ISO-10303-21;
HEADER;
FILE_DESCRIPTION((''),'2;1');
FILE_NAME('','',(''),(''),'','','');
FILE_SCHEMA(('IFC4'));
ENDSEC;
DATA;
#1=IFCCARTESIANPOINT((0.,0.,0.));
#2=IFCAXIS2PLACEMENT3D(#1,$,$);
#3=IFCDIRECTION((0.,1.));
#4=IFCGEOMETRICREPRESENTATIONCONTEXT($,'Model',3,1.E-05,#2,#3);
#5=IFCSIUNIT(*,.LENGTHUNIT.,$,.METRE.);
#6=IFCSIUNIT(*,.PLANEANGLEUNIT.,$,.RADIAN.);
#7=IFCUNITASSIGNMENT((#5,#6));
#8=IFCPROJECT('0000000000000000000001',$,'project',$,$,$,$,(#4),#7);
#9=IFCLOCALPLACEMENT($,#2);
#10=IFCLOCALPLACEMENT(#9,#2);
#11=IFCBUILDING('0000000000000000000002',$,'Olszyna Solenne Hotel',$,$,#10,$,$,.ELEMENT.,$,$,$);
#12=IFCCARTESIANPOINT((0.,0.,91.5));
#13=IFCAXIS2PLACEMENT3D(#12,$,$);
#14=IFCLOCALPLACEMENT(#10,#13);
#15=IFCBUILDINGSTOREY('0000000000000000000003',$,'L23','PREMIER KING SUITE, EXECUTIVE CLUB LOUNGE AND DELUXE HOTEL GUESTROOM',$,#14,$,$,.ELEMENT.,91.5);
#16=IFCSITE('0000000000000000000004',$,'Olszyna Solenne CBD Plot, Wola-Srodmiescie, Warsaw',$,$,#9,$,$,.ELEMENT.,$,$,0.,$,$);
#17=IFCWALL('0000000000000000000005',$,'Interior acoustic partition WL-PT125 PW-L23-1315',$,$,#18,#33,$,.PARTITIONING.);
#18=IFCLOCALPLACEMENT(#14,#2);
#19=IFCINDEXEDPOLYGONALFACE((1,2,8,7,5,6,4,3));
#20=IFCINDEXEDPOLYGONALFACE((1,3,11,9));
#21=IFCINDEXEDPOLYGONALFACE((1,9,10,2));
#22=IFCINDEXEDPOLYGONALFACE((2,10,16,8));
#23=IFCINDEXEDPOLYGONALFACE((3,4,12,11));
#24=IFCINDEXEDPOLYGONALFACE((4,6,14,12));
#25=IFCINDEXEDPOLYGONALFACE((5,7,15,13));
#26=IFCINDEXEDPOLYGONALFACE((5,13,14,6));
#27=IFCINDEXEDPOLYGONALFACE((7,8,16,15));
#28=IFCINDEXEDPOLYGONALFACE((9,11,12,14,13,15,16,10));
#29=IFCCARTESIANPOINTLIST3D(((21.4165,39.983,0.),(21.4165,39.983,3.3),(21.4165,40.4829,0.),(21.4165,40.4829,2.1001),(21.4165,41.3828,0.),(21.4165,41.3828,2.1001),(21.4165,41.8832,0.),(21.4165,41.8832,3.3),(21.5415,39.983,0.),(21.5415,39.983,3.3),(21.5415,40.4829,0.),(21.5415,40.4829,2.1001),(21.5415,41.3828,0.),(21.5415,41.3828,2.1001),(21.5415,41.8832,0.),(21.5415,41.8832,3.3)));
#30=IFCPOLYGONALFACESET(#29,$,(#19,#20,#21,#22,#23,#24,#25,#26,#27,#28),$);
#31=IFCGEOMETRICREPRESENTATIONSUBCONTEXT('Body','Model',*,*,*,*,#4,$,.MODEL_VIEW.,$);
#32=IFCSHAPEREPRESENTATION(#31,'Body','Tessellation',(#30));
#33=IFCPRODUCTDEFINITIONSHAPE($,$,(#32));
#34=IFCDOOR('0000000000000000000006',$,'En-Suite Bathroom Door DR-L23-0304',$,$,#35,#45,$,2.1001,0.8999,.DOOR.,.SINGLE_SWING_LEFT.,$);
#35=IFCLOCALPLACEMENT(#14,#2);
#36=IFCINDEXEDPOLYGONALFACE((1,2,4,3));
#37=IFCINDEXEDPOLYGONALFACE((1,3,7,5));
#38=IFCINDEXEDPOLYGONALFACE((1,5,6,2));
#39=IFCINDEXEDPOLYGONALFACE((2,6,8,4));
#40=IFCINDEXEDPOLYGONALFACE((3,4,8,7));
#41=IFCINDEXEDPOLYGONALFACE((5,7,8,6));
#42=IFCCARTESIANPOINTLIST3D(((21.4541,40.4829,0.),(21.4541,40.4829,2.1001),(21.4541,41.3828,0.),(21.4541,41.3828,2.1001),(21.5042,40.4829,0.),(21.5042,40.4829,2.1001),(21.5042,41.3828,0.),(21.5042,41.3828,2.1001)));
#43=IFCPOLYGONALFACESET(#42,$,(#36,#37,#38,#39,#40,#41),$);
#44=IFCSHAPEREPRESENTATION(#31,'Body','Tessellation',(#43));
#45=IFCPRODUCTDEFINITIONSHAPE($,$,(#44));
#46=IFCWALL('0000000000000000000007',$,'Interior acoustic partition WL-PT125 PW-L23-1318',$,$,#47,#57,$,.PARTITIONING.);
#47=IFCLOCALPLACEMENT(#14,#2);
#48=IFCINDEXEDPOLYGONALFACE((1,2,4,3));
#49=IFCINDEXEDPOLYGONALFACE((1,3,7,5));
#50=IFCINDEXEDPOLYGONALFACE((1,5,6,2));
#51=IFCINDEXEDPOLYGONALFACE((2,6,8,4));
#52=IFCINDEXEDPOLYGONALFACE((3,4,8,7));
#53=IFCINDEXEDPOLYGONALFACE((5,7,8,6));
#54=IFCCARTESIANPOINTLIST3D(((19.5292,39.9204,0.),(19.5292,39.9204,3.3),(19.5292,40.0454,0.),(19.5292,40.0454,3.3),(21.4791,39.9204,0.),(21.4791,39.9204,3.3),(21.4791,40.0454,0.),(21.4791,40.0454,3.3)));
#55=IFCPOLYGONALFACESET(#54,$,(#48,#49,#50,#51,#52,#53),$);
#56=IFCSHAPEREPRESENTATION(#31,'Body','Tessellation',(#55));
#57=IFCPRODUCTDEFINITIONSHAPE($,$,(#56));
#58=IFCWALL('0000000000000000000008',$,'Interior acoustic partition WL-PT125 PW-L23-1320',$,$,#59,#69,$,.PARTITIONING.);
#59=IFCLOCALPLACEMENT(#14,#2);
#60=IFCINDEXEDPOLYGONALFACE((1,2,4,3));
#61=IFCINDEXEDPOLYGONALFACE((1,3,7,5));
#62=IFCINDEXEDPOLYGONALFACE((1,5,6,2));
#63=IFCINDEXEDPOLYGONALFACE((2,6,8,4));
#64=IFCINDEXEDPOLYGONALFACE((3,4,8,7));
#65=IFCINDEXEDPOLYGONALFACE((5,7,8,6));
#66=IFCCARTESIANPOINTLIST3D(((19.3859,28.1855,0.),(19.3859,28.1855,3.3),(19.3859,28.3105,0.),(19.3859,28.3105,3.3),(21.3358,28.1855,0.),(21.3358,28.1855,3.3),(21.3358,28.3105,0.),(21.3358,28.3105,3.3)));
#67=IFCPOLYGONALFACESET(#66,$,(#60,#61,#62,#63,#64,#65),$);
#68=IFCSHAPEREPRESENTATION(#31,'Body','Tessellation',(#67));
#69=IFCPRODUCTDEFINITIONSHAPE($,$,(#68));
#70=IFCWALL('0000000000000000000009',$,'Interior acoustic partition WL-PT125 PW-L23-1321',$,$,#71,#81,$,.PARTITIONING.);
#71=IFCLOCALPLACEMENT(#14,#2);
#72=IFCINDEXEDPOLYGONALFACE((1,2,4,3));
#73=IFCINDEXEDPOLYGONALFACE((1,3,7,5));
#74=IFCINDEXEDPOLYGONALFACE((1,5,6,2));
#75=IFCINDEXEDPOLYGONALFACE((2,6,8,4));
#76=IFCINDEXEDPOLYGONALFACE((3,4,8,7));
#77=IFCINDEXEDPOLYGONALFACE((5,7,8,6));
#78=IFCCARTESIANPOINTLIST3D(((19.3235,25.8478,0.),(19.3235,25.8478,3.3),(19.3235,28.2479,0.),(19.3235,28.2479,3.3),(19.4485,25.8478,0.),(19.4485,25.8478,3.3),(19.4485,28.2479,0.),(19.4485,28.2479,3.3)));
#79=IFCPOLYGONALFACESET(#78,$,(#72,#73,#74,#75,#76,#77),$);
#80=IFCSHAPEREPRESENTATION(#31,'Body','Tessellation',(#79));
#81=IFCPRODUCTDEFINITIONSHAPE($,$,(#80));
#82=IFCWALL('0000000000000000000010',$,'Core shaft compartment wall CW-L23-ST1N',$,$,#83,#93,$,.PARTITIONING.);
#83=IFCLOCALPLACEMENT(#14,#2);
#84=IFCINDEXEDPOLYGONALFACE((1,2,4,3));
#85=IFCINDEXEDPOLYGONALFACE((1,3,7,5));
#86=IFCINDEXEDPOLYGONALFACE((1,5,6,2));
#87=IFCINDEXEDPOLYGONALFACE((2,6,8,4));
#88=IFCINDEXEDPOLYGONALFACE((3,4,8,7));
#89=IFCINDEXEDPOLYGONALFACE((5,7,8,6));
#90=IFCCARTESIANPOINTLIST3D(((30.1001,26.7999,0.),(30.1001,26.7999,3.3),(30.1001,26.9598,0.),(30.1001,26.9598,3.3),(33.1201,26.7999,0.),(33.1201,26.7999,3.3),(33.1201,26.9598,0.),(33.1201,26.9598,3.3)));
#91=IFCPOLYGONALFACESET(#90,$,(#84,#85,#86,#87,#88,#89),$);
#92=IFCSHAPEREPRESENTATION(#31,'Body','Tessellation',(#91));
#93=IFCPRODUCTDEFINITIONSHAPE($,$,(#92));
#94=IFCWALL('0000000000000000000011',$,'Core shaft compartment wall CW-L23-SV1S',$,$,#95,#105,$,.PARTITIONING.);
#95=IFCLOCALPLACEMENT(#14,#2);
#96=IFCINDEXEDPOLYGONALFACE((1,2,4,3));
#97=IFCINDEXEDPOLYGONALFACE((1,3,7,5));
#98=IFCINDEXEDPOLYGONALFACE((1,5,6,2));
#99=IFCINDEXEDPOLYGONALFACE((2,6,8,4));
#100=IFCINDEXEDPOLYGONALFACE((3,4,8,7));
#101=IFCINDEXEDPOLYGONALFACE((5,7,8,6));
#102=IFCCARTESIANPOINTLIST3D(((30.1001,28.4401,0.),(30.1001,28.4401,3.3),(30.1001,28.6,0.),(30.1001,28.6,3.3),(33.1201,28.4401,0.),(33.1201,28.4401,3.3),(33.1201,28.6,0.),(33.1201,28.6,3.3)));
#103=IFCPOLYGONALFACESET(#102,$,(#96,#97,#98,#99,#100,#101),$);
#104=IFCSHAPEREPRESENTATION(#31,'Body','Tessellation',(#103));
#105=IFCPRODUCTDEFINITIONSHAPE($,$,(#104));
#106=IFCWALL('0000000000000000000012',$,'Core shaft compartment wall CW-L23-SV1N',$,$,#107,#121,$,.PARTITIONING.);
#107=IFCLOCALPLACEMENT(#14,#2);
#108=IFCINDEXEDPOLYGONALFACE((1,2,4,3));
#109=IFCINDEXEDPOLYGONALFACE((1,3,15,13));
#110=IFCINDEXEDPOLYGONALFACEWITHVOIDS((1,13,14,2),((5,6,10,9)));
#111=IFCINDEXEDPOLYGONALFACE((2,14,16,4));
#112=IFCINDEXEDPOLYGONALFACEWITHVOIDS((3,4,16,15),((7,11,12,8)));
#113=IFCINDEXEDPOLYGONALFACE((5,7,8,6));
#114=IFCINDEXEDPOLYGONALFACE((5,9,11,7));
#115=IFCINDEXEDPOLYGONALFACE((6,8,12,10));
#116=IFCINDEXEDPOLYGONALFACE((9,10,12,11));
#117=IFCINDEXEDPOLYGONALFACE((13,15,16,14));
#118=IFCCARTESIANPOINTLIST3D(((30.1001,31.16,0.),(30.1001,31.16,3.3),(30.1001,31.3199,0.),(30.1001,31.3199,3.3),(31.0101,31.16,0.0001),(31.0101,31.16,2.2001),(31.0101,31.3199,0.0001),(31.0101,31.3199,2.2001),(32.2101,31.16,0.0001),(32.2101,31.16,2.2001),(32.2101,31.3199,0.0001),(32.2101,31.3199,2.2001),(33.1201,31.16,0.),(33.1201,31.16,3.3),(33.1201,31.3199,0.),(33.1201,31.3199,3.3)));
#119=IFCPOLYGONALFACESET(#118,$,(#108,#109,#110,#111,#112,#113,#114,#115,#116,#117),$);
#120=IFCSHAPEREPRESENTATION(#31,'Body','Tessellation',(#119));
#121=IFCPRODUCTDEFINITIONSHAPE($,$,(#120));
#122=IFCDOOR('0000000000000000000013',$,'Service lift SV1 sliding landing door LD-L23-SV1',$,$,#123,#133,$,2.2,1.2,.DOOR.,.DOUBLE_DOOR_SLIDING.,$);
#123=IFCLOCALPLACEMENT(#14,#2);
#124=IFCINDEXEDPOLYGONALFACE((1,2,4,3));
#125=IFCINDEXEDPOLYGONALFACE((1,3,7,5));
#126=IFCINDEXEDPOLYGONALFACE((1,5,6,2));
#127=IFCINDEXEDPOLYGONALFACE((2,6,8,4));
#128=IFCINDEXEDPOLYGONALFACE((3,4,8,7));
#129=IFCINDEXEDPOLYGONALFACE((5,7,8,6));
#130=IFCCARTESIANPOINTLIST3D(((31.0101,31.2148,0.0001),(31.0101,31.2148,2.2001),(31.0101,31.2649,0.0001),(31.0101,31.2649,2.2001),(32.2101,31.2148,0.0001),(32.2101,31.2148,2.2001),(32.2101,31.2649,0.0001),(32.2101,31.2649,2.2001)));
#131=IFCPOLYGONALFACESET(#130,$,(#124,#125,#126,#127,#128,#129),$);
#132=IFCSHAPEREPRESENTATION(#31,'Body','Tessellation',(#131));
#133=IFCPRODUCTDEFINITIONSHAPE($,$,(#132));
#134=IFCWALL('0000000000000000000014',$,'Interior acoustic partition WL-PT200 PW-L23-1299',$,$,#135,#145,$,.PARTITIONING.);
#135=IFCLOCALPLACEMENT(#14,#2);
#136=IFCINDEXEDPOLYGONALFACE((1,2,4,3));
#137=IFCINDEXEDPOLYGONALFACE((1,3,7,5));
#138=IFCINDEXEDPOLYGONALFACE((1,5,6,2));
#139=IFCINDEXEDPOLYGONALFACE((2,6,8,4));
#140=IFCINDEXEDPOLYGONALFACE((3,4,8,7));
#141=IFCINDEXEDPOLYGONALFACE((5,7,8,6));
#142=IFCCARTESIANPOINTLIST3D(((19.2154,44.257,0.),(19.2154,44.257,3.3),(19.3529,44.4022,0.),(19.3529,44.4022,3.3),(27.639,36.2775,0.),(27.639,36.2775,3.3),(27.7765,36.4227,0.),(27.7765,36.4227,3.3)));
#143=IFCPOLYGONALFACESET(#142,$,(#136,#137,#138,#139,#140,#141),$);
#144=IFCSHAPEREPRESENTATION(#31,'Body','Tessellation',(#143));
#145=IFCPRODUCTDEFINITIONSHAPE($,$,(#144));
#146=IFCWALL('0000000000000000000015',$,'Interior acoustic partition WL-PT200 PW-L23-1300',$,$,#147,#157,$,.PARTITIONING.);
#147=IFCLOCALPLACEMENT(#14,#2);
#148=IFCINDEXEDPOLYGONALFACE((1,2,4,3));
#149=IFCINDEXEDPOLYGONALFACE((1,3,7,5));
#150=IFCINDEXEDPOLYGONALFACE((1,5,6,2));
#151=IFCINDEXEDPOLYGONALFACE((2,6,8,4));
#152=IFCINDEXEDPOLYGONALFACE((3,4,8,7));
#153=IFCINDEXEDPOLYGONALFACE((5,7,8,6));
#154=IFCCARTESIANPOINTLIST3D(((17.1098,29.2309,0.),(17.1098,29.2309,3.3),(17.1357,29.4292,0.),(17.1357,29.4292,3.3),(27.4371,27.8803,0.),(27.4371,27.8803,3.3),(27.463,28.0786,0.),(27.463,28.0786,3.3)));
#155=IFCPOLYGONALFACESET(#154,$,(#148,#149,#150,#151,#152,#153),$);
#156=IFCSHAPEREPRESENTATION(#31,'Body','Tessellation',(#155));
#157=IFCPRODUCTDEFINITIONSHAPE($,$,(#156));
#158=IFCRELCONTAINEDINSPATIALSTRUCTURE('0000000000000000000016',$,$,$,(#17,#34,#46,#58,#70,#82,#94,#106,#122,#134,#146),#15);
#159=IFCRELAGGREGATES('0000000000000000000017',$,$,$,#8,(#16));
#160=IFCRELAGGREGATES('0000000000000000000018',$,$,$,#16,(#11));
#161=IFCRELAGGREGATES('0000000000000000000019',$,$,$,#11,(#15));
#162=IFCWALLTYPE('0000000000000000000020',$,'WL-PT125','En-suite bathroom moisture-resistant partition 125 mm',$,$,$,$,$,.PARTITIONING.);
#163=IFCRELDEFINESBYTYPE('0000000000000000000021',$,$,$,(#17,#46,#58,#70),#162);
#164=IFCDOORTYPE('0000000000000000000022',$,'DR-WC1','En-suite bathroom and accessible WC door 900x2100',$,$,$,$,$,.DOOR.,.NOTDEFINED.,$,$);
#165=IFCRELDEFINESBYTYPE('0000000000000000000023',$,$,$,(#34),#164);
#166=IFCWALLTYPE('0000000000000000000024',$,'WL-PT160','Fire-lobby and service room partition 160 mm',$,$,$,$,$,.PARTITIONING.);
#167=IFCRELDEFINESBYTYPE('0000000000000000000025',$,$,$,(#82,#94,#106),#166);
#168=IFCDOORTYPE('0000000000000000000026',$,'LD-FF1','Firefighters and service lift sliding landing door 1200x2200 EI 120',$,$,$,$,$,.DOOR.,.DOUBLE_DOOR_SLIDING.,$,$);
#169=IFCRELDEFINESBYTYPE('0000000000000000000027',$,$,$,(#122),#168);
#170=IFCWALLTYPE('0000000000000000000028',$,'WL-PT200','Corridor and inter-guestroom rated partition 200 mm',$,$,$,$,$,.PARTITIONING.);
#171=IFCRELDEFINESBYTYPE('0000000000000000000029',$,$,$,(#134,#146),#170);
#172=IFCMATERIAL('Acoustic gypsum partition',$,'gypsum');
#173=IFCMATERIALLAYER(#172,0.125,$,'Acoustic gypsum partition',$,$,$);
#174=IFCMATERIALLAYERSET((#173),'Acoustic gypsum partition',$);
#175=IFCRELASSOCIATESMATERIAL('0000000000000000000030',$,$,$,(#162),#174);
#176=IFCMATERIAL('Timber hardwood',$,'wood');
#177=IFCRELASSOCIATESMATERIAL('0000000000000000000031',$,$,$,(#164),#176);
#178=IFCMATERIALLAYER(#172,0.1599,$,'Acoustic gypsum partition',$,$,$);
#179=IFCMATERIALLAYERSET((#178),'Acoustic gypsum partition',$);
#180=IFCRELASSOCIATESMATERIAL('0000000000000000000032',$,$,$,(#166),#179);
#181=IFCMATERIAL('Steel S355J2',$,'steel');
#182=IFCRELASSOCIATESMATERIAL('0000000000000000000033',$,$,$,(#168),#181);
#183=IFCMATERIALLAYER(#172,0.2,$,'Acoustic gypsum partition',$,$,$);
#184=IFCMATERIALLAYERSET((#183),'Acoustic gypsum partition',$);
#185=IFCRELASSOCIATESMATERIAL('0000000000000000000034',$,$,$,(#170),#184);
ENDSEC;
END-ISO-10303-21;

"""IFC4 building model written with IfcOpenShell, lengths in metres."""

from ifc_helpers import new_model, si_unit, direction, frame, frame_2d, origin, place, context, subcontext, project, spatial, rectangle, extrude, source, transform, mapped, material, layer, layer_set, type_object, type_shapes, element, fill, save


model = new_model("IFC4")

# Units and contexts
model_context = context("Model", 3, precision=1e-05, world=origin(), true_north=direction((0.0, 1.0)))
body_context = subcontext(model_context, "Body", "Model", "MODEL_VIEW")
ifc_project = project(units=[si_unit("LENGTHUNIT", "METRE"), si_unit("PLANEANGLEUNIT", "RADIAN")], contexts=[model_context])

# Site, building, storey
site_placement = place(None, origin())
site = spatial("IfcSite", under=ifc_project, at=site_placement, Name="Olszyna Solenne CBD Plot, Wola-Srodmiescie, Warsaw", CompositionType="ELEMENT", RefElevation=0.0)
building_placement = place(site_placement, origin())
building = spatial("IfcBuilding", under=site, at=building_placement, Name="Olszyna Solenne Hotel", CompositionType="ELEMENT")
storey_placement = place(building_placement, frame((0.0, 0.0, 91.5)))
storey = spatial("IfcBuildingStorey", under=building, at=storey_placement, Name="L23", Description="PREMIER KING SUITE, EXECUTIVE CLUB LOUNGE AND DELUXE HOTEL GUESTROOM", CompositionType="ELEMENT", Elevation=91.5)

# Shared definitions
ifc_material_1 = material(Name="Steel S355J2", Category="steel")

# Wall, opening, door
ifc_material_2 = material(Name="Acoustic gypsum partition", Category="gypsum")
ifc_layer_1 = layer(ifc_material_2, 0.125, Name="Acoustic gypsum partition")
ifc_layer_set_1 = layer_set([ifc_layer_1], Name="Acoustic gypsum partition")
wall_type_1 = type_object("IfcWallType", Name="WL-PT125", Description="En-suite bathroom moisture-resistant partition 125 mm", PredefinedType="PARTITIONING", material=ifc_layer_set_1)
wall_1_placement = place(storey_placement, frame((21.479, 39.9829, 0.0), z_axis=(0.0, 0.0, 1.0), x_axis=(0.0, 1.0, 0.0)))
wall_1 = element("IfcWall", 1, at=wall_1_placement, inside=storey, type_object=wall_type_1, Name="Interior acoustic partition WL-PT125 PW-L23-1315", PredefinedType="PARTITIONING", context=body_context, shape_type="SweptSolid", body=[
    extrude(rectangle(XDim=1.9001, YDim=0.125, at=frame_2d((0.9502, 0.0))), origin(), (0.0, 0.0, 1.0), 3.3),
])
opening_1_placement = place(wall_1_placement, frame((0.5, 0.0, 0.0)))
opening_1 = element("IfcOpeningElement", 2, at=opening_1_placement, cuts=wall_1, PredefinedType="OPENING", context=body_context, shape_type="SweptSolid", body=[
    extrude(rectangle(XDim=0.8999, YDim=2.1001, at=frame_2d((0.45, 1.05))), frame((0.0, 0.0725, 0.0), z_axis=(0.0, -1.0, 0.0), x_axis=(1.0, 0.0, 0.0)), (0.0, 0.0, 1.0), 0.145),
])
ifc_material_3 = material(Name="Timber hardwood", Category="wood")
door_type_1 = type_object("IfcDoorType", Name="DR-WC1", Description="En-suite bathroom and accessible WC door 900x2100", OperationType="NOTDEFINED", PredefinedType="DOOR", material=ifc_material_3)
shared_shape_1 = source(origin(), body_context, "Body", "SweptSolid", [
    extrude(rectangle(XDim=0.8999, YDim=2.1001, at=frame_2d((0.45, 1.05))), frame((0.0, 0.0249, 0.0), z_axis=(0.0, -1.0, 0.0), x_axis=(1.0, 0.0, 0.0)), (0.0, 0.0, 1.0), 0.05),
])
type_shapes(door_type_1, [shared_shape_1])
door_1_placement = place(opening_1_placement, origin())
door_1 = element("IfcDoor", 3, at=door_1_placement, inside=storey, type_object=door_type_1, Name="En-Suite Bathroom Door DR-L23-0304", OperationType="SINGLE_SWING_LEFT", OverallHeight=2.1001, OverallWidth=0.8999, PredefinedType="DOOR", context=body_context, shape_type="MappedRepresentation", body=[
    mapped(shared_shape_1, transform((0.0, 0.0, 0.0), x_axis=(1.0, 0.0, 0.0), y_axis=(0.0, 1.0, 0.0), z_axis=(0.0, 0.0, 1.0), scale=1.0)),
])
fill(opening_1, door_1)

# Walls
for number, where, z_axis, x_axis, name in (
    (4, (19.5291, 39.9829, 0.0), (0.0, 0.0, 1.0), (1.0, 0.0, 0.0), "Interior acoustic partition WL-PT125 PW-L23-1318"),
    (5, (21.3359, 28.248, 0.0), (0.0, 0.0, 1.0), (-1.0, 0.0, 0.0), "Interior acoustic partition WL-PT125 PW-L23-1320"),
):
    element("IfcWall", number, at=place(storey_placement, frame(where, z_axis=z_axis, x_axis=x_axis)), inside=storey, type_object=wall_type_1, Name=name, PredefinedType="PARTITIONING", context=body_context, shape_type="SweptSolid", body=[
        extrude(rectangle(XDim=1.95, YDim=0.125, at=frame_2d((0.9751, 0.0))), origin(), (0.0, 0.0, 1.0), 3.3),
    ])
wall_2_placement = place(storey_placement, frame((19.386, 28.248, 0.0), z_axis=(0.0, 0.0, 1.0), x_axis=(0.0, -1.0, 0.0)))
element("IfcWall", 6, at=wall_2_placement, inside=storey, type_object=wall_type_1, Name="Interior acoustic partition WL-PT125 PW-L23-1321", PredefinedType="PARTITIONING", context=body_context, shape_type="SweptSolid", body=[
    extrude(rectangle(XDim=2.4001, YDim=0.125, at=frame_2d((1.2002, 0.0))), origin(), (0.0, 0.0, 1.0), 3.3),
])
ifc_layer_2 = layer(ifc_material_2, 0.1599, Name="Acoustic gypsum partition")
ifc_layer_set_2 = layer_set([ifc_layer_2], Name="Acoustic gypsum partition")
wall_type_2 = type_object("IfcWallType", Name="WL-PT160", Description="Fire-lobby and service room partition 160 mm", PredefinedType="PARTITIONING", material=ifc_layer_set_2)
for number, where, z_axis, x_axis, name in (
    (7, (30.1001, 26.8799, 0.0), (0.0, 0.0, 1.0), (1.0, 0.0, 0.0), "Core shaft compartment wall CW-L23-ST1N"),
    (8, (30.1001, 28.52, 0.0), (0.0, 0.0, 1.0), (1.0, 0.0, 0.0), "Core shaft compartment wall CW-L23-SV1S"),
):
    element("IfcWall", number, at=place(storey_placement, frame(where, z_axis=z_axis, x_axis=x_axis)), inside=storey, type_object=wall_type_2, Name=name, PredefinedType="PARTITIONING", context=body_context, shape_type="SweptSolid", body=[
        extrude(rectangle(XDim=3.02, YDim=0.1599, at=frame_2d((1.51, 0.0))), origin(), (0.0, 0.0, 1.0), 3.3),
    ])

# Wall, opening, door
wall_3_placement = place(storey_placement, frame((30.1001, 31.24, 0.0), z_axis=(0.0, 0.0, 1.0), x_axis=(1.0, 0.0, 0.0)))
wall_3 = element("IfcWall", 9, at=wall_3_placement, inside=storey, type_object=wall_type_2, Name="Core shaft compartment wall CW-L23-SV1N", PredefinedType="PARTITIONING", context=body_context, shape_type="SweptSolid", body=[
    extrude(rectangle(XDim=3.02, YDim=0.1599, at=frame_2d((1.51, 0.0))), origin(), (0.0, 0.0, 1.0), 3.3),
])
opening_2_placement = place(wall_3_placement, frame((0.9099, 0.0, 0.0)))
opening_2 = element("IfcOpeningElement", 10, at=opening_2_placement, cuts=wall_3, PredefinedType="OPENING", context=body_context, shape_type="SweptSolid", body=[
    extrude(rectangle(XDim=1.2, YDim=2.2, at=frame_2d((0.6001, 1.1001))), frame((0.0, 0.0898, 0.0), z_axis=(0.0, -1.0, 0.0), x_axis=(1.0, 0.0, 0.0)), (0.0, 0.0, 1.0), 0.1799),
])
door_type_2 = type_object("IfcDoorType", Name="LD-FF1", Description="Firefighters and service lift sliding landing door 1200x2200 EI 120", OperationType="DOUBLE_DOOR_SLIDING", PredefinedType="DOOR", material=ifc_material_1)
shared_shape_2 = source(origin(), body_context, "Body", "SweptSolid", [
    extrude(rectangle(XDim=1.2, YDim=2.2, at=frame_2d((0.6001, 1.1001))), frame((0.0, 0.0249, 0.0), z_axis=(0.0, -1.0, 0.0), x_axis=(1.0, 0.0, 0.0)), (0.0, 0.0, 1.0), 0.05),
])
type_shapes(door_type_2, [shared_shape_2])
door_2_placement = place(opening_2_placement, origin())
door_2 = element("IfcDoor", 11, at=door_2_placement, inside=storey, type_object=door_type_2, Name="Service lift SV1 sliding landing door LD-L23-SV1", OperationType="DOUBLE_DOOR_SLIDING", OverallHeight=2.2, OverallWidth=1.2, PredefinedType="DOOR", context=body_context, shape_type="MappedRepresentation", body=[
    mapped(shared_shape_2, transform((0.0, 0.0, 0.0), x_axis=(1.0, 0.0, 0.0), y_axis=(0.0, 1.0, 0.0), z_axis=(0.0, 0.0, 1.0), scale=1.0)),
])
fill(opening_2, door_2)

# Walls
ifc_layer_3 = layer(ifc_material_2, 0.2, Name="Acoustic gypsum partition")
ifc_layer_set_3 = layer_set([ifc_layer_3], Name="Acoustic gypsum partition")
wall_type_3 = type_object("IfcWallType", Name="WL-PT200", Description="Corridor and inter-guestroom rated partition 200 mm", PredefinedType="PARTITIONING", material=ifc_layer_set_3)
wall_4_placement = place(storey_placement, frame((27.7078, 36.3501, 0.0), z_axis=(0.0, 0.0, 1.0), x_axis=(-0.725985, 0.687711, 0.0)))
element("IfcWall", 12, at=wall_4_placement, inside=storey, type_object=wall_type_3, Name="Interior acoustic partition WL-PT200 PW-L23-1299", PredefinedType="PARTITIONING", context=body_context, shape_type="SweptSolid", body=[
    extrude(rectangle(XDim=11.603, YDim=0.2, at=frame_2d((5.8015, 0.0))), origin(), (0.0, 0.0, 1.0), 3.3),
])
wall_5_placement = place(storey_placement, frame((27.45, 27.9795, 0.0), z_axis=(0.0, 0.0, 1.0), x_axis=(-0.991557, 0.129673, 0.0)))
element("IfcWall", 13, at=wall_5_placement, inside=storey, type_object=wall_type_3, Name="Interior acoustic partition WL-PT200 PW-L23-1300", PredefinedType="PARTITIONING", context=body_context, shape_type="SweptSolid", body=[
    extrude(rectangle(XDim=10.4153, YDim=0.2, at=frame_2d((5.2075, 0.0))), origin(), (0.0, 0.0, 1.0), 3.3),
])

save(model, "model.ifc")
